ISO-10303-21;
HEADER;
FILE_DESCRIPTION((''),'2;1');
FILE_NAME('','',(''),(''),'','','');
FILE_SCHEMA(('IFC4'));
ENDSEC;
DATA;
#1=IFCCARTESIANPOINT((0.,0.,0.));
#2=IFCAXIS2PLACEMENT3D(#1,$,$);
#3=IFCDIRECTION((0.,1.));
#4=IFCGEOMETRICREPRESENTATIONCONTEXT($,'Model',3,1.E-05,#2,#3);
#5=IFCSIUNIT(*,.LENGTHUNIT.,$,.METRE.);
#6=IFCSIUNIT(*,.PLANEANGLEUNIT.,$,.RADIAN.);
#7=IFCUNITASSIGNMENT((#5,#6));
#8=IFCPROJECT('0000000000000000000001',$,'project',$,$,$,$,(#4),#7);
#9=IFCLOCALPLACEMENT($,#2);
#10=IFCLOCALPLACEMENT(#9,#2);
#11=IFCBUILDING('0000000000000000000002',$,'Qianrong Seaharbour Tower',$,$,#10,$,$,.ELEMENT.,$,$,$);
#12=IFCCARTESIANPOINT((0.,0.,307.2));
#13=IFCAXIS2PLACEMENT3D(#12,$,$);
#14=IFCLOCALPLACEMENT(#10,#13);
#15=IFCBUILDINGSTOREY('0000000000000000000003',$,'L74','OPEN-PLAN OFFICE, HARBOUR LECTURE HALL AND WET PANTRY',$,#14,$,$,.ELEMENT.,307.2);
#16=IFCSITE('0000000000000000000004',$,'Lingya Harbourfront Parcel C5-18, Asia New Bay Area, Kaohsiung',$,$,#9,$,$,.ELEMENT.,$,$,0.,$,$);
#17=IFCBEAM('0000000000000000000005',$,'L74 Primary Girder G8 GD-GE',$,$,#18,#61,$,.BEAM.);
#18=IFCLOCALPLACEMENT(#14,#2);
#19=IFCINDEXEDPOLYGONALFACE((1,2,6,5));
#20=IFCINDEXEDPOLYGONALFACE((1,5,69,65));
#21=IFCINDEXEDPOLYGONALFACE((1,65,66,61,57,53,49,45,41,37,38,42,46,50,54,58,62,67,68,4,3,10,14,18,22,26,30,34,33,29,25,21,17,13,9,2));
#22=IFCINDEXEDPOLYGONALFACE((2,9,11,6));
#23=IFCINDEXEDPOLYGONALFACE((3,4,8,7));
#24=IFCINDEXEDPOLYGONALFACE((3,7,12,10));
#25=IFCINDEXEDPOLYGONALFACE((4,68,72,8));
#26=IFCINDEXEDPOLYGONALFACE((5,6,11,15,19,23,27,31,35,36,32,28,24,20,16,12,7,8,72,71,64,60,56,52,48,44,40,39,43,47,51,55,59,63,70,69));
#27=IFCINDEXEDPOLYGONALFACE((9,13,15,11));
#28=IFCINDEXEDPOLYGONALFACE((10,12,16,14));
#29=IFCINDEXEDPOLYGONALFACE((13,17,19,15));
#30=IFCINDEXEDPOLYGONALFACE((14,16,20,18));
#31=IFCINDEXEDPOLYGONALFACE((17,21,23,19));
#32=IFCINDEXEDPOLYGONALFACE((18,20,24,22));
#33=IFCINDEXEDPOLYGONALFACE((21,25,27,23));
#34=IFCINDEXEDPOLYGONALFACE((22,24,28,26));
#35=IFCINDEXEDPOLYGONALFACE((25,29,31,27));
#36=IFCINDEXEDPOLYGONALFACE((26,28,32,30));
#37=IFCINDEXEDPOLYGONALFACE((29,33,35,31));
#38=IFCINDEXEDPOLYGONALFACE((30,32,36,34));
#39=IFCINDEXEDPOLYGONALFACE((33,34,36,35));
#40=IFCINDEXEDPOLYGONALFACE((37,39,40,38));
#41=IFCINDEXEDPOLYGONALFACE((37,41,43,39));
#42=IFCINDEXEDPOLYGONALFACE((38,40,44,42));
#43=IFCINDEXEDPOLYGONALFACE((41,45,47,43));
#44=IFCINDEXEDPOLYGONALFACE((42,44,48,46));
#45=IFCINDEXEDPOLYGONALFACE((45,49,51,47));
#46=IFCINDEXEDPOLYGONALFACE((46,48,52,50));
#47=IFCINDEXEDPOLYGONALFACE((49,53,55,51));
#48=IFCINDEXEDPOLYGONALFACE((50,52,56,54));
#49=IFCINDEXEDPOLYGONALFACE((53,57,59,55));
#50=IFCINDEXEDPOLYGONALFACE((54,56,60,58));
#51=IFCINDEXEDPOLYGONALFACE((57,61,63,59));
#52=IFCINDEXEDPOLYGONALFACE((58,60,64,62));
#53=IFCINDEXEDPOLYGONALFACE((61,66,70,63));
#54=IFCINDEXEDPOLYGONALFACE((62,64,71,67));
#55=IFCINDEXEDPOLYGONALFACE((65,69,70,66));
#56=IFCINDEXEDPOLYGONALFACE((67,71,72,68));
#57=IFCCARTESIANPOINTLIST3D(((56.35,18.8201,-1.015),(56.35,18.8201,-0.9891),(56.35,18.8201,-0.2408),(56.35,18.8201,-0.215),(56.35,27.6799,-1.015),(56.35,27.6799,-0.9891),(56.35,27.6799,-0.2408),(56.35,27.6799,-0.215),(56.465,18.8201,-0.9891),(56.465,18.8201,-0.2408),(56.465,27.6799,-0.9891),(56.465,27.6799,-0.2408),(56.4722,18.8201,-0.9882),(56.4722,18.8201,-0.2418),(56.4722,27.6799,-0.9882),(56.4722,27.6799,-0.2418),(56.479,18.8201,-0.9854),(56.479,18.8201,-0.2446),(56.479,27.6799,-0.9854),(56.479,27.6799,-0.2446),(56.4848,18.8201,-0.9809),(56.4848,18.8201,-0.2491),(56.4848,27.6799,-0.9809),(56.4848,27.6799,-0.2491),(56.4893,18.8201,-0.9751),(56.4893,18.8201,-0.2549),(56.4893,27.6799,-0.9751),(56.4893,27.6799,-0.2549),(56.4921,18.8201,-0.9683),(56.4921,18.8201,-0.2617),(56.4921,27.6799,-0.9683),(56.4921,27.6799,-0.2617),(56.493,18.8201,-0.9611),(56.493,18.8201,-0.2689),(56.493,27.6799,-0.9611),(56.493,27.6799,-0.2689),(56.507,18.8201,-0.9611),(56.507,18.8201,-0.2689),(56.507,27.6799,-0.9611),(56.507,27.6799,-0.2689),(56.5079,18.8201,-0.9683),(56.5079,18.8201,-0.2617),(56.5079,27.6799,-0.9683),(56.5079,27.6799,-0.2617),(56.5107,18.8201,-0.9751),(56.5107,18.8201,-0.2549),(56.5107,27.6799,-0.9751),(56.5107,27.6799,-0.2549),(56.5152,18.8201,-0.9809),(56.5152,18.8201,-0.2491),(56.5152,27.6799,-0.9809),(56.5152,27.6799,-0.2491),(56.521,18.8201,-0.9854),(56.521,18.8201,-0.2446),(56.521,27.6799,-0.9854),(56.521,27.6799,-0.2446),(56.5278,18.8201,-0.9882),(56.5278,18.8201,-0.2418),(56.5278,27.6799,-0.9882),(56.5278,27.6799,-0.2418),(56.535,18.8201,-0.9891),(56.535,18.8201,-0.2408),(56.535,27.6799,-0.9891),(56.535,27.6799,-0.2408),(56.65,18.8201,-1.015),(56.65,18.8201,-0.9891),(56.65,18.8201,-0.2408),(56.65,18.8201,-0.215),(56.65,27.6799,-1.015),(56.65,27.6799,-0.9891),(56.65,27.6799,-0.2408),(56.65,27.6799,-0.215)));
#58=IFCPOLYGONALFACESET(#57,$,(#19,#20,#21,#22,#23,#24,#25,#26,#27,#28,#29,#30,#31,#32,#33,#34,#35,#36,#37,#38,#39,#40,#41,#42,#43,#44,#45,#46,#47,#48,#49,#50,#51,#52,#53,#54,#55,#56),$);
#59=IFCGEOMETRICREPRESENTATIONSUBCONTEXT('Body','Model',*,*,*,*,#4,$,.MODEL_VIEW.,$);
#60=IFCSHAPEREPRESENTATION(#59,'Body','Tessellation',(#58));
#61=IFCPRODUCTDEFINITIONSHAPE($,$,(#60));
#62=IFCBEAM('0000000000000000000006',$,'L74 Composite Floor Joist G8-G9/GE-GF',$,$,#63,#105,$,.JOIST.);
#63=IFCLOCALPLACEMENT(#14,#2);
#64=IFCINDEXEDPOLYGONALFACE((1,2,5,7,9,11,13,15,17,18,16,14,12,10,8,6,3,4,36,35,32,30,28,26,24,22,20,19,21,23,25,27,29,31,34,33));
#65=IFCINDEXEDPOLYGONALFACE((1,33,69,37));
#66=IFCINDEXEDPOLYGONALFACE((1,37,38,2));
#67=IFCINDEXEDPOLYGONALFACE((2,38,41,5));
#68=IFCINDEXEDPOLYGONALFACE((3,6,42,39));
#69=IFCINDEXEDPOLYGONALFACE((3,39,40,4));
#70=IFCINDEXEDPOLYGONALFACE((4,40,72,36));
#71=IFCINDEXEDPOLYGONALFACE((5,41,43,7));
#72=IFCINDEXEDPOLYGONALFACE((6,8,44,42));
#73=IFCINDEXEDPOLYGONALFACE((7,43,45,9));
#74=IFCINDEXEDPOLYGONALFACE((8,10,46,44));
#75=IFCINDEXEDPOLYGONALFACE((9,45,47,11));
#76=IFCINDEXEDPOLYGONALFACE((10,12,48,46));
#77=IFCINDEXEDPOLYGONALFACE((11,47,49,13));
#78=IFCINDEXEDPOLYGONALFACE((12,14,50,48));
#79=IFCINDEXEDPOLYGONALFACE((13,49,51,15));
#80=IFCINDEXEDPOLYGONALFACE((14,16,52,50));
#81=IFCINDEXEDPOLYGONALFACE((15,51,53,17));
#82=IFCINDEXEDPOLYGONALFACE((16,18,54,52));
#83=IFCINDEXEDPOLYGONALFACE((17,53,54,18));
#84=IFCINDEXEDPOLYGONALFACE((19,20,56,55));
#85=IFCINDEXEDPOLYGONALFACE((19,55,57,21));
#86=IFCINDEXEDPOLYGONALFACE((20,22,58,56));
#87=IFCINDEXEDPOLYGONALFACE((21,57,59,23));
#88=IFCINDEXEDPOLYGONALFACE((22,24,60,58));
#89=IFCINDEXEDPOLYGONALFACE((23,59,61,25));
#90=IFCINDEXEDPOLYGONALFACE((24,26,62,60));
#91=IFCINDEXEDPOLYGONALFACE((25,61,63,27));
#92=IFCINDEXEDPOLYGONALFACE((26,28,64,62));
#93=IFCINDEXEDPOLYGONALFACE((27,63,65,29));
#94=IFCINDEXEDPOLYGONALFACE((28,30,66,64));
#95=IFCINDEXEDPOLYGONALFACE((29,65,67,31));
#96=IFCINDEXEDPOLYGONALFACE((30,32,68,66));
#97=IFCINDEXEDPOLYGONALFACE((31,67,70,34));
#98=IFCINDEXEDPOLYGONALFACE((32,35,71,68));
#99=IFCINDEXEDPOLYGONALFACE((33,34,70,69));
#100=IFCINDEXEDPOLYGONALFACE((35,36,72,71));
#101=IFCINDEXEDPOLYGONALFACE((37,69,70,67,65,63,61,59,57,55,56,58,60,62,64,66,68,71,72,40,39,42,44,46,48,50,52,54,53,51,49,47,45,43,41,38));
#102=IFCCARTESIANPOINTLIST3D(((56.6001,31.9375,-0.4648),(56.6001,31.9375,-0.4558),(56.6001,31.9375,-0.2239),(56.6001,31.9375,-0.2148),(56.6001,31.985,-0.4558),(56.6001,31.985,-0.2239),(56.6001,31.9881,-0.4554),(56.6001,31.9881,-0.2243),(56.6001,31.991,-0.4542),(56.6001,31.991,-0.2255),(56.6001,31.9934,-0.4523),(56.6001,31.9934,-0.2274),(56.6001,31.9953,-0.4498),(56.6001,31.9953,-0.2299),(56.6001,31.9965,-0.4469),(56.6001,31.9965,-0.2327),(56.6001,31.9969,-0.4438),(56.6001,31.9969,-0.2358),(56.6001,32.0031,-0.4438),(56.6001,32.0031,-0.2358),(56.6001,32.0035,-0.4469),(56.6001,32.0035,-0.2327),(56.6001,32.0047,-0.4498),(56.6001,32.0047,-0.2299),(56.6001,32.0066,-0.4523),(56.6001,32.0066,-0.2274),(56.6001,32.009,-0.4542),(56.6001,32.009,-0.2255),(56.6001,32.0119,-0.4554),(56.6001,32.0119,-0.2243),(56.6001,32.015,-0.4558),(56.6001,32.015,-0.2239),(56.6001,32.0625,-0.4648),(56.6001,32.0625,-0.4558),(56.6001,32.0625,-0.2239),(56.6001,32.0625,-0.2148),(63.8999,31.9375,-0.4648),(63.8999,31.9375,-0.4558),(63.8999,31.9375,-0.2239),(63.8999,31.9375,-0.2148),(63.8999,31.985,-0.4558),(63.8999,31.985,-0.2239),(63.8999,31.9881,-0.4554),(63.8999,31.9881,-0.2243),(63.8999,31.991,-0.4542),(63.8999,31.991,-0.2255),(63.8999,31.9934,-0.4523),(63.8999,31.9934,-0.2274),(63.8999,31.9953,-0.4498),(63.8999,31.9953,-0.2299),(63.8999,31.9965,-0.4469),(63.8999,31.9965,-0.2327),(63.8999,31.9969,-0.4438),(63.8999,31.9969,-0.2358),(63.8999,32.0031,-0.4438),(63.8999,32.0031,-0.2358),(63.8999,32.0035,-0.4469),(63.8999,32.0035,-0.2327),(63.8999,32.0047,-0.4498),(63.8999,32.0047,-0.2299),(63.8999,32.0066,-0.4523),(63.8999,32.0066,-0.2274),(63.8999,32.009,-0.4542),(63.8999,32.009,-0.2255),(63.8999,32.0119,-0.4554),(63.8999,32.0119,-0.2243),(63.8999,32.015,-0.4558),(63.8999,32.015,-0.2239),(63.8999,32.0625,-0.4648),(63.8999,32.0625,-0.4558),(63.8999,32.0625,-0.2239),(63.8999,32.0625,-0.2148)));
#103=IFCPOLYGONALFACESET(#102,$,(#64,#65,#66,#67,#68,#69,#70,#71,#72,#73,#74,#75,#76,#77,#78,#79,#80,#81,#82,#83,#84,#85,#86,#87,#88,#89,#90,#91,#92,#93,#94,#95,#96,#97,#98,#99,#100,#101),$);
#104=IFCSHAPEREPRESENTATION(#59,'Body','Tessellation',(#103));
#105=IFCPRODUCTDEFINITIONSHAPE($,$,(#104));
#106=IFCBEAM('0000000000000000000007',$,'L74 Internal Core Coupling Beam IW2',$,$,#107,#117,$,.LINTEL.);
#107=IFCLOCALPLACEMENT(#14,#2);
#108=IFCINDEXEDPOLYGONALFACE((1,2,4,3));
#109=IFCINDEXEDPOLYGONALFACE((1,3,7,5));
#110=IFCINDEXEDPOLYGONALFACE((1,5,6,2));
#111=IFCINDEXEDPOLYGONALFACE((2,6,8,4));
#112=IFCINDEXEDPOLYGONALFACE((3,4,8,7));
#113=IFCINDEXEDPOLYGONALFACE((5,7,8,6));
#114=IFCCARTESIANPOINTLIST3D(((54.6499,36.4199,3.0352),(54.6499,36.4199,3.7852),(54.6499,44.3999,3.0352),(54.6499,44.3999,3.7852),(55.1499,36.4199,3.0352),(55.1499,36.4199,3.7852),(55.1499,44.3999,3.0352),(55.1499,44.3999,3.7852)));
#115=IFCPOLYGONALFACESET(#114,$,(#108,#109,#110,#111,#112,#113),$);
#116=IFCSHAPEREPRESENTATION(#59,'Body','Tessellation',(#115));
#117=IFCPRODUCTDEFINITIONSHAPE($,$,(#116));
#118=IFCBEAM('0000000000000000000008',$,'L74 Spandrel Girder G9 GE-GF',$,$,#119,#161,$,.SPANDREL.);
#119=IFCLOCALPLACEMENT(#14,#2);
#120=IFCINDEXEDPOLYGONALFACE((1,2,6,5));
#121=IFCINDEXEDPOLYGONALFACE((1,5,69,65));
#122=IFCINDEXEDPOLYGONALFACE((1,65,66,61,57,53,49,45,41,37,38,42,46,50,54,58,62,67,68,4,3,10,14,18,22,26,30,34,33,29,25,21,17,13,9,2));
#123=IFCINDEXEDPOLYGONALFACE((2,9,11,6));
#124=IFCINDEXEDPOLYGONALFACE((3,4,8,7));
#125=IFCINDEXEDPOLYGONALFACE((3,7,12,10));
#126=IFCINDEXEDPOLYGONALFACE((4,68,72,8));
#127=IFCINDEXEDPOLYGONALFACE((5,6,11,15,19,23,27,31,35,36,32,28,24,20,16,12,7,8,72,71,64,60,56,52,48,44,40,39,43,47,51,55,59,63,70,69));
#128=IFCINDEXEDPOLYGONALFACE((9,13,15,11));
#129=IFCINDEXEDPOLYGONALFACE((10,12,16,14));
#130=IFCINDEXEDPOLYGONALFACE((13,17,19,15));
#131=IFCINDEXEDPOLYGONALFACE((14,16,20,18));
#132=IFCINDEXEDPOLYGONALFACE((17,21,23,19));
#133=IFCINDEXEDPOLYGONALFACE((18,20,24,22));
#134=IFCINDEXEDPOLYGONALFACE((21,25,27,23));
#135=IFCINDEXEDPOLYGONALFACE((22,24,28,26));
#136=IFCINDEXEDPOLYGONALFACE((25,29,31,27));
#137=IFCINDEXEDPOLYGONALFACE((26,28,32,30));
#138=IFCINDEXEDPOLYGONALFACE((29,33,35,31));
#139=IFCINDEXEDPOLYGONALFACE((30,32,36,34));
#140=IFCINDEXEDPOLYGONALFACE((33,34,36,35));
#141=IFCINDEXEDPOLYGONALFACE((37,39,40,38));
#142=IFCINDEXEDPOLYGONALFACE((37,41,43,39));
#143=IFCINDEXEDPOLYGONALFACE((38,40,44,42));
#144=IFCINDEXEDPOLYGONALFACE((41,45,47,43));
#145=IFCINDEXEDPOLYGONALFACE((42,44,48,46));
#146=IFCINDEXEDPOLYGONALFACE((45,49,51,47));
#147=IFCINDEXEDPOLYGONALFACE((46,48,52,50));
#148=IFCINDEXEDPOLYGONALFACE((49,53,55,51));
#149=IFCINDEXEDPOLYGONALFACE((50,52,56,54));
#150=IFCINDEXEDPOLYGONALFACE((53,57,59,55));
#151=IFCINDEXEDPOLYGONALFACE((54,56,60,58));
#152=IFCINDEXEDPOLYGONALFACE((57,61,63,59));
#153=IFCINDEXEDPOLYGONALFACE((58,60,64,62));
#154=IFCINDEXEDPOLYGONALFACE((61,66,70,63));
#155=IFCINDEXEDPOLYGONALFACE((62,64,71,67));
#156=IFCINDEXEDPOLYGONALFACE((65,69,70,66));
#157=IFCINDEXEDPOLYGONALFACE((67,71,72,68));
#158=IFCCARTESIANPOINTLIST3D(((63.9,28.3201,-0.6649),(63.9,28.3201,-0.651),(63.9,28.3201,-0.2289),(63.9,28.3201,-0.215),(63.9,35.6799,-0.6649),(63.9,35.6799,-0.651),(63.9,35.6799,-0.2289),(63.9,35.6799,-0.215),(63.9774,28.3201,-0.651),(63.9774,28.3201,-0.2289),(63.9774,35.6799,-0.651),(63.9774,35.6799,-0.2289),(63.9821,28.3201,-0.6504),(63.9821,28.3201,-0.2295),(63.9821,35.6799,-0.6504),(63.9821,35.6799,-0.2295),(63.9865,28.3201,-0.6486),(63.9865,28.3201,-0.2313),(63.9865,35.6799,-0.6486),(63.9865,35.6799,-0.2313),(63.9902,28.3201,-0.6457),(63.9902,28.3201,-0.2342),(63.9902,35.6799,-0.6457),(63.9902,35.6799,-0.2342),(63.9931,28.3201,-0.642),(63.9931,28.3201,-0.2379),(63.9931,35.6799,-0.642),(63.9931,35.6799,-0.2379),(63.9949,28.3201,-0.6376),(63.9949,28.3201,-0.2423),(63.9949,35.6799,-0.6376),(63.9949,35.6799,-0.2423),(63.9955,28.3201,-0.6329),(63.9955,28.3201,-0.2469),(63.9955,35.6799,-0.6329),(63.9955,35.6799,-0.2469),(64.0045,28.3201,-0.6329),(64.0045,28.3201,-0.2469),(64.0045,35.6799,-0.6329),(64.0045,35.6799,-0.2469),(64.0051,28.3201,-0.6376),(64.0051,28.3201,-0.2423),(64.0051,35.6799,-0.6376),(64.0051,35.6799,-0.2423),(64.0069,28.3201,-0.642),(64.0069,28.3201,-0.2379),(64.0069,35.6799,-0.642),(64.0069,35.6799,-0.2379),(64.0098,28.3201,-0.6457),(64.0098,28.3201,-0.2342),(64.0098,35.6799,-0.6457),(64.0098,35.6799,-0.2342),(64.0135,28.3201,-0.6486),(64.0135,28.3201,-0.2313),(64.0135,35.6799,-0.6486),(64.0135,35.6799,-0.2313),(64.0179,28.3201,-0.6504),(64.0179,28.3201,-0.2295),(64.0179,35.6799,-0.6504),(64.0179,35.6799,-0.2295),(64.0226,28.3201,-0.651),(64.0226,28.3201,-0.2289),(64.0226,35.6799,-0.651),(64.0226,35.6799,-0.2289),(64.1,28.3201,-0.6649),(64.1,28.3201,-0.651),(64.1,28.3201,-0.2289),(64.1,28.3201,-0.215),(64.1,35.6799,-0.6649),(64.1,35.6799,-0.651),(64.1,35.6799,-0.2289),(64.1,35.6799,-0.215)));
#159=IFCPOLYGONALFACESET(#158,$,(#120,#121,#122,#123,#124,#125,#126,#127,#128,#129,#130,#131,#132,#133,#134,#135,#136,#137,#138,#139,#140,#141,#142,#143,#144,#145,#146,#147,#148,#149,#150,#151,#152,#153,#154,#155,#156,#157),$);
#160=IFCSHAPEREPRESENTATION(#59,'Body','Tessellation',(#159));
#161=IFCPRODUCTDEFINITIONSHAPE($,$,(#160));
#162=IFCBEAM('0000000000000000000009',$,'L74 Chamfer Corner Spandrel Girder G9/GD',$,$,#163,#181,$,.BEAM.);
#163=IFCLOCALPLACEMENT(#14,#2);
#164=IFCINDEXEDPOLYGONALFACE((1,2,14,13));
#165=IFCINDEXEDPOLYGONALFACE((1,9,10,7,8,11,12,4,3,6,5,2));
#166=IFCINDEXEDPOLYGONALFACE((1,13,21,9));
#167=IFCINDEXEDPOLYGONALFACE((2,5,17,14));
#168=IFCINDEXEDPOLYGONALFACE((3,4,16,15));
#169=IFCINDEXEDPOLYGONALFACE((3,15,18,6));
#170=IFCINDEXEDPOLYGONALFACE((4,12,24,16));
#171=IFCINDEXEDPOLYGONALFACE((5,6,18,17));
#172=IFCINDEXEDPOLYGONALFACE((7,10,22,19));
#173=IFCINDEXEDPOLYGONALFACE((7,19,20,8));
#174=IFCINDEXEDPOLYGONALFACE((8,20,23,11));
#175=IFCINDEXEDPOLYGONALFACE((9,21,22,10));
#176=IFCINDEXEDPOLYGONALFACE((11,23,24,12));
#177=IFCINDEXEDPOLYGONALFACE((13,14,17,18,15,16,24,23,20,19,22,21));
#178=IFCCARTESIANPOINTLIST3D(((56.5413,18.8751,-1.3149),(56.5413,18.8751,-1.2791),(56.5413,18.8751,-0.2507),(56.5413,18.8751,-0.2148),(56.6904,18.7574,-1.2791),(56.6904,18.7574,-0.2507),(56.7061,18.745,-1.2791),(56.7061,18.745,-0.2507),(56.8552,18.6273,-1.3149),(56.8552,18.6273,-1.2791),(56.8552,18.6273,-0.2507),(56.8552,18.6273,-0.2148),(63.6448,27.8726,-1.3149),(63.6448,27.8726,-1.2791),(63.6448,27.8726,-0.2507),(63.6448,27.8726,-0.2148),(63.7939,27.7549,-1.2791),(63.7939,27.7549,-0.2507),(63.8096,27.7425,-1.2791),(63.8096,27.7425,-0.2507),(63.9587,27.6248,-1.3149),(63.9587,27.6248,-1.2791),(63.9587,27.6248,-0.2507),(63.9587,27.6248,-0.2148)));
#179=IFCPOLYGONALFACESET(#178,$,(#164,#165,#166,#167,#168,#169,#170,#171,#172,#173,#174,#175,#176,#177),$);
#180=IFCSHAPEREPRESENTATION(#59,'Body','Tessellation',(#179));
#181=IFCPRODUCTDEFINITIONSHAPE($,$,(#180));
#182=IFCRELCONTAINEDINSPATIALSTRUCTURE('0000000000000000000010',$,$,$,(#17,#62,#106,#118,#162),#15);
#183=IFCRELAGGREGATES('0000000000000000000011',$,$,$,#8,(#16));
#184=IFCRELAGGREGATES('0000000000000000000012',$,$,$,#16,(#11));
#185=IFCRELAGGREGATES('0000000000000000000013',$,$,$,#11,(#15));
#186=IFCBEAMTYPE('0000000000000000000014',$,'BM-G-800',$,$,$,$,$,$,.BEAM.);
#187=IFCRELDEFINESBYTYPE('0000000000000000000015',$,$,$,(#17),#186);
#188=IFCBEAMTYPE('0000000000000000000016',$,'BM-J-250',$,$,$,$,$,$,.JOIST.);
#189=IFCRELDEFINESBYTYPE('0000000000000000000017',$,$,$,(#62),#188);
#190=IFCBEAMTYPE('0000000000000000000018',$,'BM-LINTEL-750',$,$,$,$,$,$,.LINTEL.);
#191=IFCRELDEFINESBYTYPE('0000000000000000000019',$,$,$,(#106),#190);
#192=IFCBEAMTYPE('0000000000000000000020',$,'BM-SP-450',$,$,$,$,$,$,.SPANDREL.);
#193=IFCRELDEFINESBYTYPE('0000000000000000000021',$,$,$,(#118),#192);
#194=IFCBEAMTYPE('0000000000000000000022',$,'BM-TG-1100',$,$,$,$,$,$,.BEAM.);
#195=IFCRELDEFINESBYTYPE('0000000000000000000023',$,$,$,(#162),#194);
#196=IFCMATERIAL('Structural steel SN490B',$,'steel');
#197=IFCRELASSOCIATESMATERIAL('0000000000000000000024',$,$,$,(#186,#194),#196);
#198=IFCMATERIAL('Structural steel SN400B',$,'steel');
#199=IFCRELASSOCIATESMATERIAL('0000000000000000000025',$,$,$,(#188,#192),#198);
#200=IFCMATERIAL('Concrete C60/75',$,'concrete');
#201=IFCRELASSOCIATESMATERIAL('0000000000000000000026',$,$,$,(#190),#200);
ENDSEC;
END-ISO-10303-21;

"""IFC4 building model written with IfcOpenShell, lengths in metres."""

from ifc_helpers import new_model, si_unit, direction, frame, origin, origin_2d, place, context, subcontext, project, spatial, rectangle, i_section, extrude, material, material_profile, profile_set, type_object, element, save


model = new_model("IFC4")

# Units and contexts
model_context = context("Model", 3, precision=1e-05, world=origin(), true_north=direction((0.0, 1.0)))
body_context = subcontext(model_context, "Body", "Model", "MODEL_VIEW")
ifc_project = project(units=[si_unit("LENGTHUNIT", "METRE"), si_unit("PLANEANGLEUNIT", "RADIAN")], contexts=[model_context])

# Site, building, storey
site_placement = place(None, origin())
site = spatial("IfcSite", under=ifc_project, at=site_placement, Name="Lingya Harbourfront Parcel C5-18, Asia New Bay Area, Kaohsiung", CompositionType="ELEMENT", RefElevation=0.0)
building_placement = place(site_placement, origin())
building = spatial("IfcBuilding", under=site, at=building_placement, Name="Qianrong Seaharbour Tower", CompositionType="ELEMENT")
storey_placement = place(building_placement, frame((0.0, 0.0, 307.2)))
storey = spatial("IfcBuildingStorey", under=building, at=storey_placement, Name="L74", Description="OPEN-PLAN OFFICE, HARBOUR LECTURE HALL AND WET PANTRY", CompositionType="ELEMENT", Elevation=307.2)

# Shared definitions
ifc_material_1 = material(Name="Structural steel SN490B", Category="steel")
ifc_material_2 = material(Name="Structural steel SN400B", Category="steel")

# Beams
ifc_material_profile_1 = material_profile(ifc_material_1, i_section(OverallWidth=0.3, OverallDepth=0.8, WebThickness=0.0139, FlangeThickness=0.0259, FilletRadius=0.0281, at=origin_2d()), Name="H800x300x14x26")
ifc_profile_set_1 = profile_set([ifc_material_profile_1], Name="Structural steel SN490B")
beam_type_1 = type_object("IfcBeamType", Name="BM-G-800", PredefinedType="BEAM", material=ifc_profile_set_1)
beam_1_placement = place(storey_placement, frame((56.5, 18.8201, -0.615), z_axis=(0.0, 1.0, 0.0), x_axis=(-1.0, 0.0, 0.0)))
element("IfcBeam", 1, at=beam_1_placement, inside=storey, type_object=beam_type_1, Name="L74 Primary Girder G8 GD-GE", PredefinedType="BEAM", context=body_context, shape_type="SweptSolid", body=[
    extrude(i_section(OverallWidth=0.3, OverallDepth=0.8, WebThickness=0.0139, FlangeThickness=0.0259, FilletRadius=0.0281, at=origin_2d()), origin(), (0.0, 0.0, 1.0), 8.8599),
])
ifc_material_profile_2 = material_profile(ifc_material_2, i_section(OverallWidth=0.125, OverallDepth=0.25, WebThickness=0.0061, FlangeThickness=0.009, FilletRadius=0.012, at=origin_2d()), Name="H250x125x6x9")
ifc_profile_set_2 = profile_set([ifc_material_profile_2], Name="Structural steel SN400B")
beam_type_2 = type_object("IfcBeamType", Name="BM-J-250", PredefinedType="JOIST", material=ifc_profile_set_2)
beam_2_placement = place(storey_placement, frame((56.6001, 32.0, -0.3398), z_axis=(1.0, 0.0, 0.0), x_axis=(0.0, 1.0, 0.0)))
element("IfcBeam", 2, at=beam_2_placement, inside=storey, type_object=beam_type_2, Name="L74 Composite Floor Joist G8-G9/GE-GF", PredefinedType="JOIST", context=body_context, shape_type="SweptSolid", body=[
    extrude(i_section(OverallWidth=0.125, OverallDepth=0.25, WebThickness=0.0061, FlangeThickness=0.009, FilletRadius=0.012, at=origin_2d()), origin(), (0.0, 0.0, 1.0), 7.2998),
])
ifc_material_3 = material(Name="Concrete C60/75", Category="concrete")
ifc_material_profile_3 = material_profile(ifc_material_3, rectangle(XDim=0.5, YDim=0.75, at=origin_2d()), Name="RC500x750")
ifc_profile_set_3 = profile_set([ifc_material_profile_3], Name="Concrete C60/75")
beam_type_3 = type_object("IfcBeamType", Name="BM-LINTEL-750", PredefinedType="LINTEL", material=ifc_profile_set_3)
beam_3_placement = place(storey_placement, frame((54.8999, 36.4199, 3.4102), z_axis=(0.0, 1.0, 0.0), x_axis=(-1.0, 0.0, 0.0)))
element("IfcBeam", 3, at=beam_3_placement, inside=storey, type_object=beam_type_3, Name="L74 Internal Core Coupling Beam IW2", PredefinedType="LINTEL", context=body_context, shape_type="SweptSolid", body=[
    extrude(rectangle(XDim=0.5, YDim=0.75, at=origin_2d()), origin(), (0.0, 0.0, 1.0), 7.98),
])
ifc_material_profile_4 = material_profile(ifc_material_2, i_section(OverallWidth=0.2, OverallDepth=0.45, WebThickness=0.009, FlangeThickness=0.0139, FilletRadius=0.0181, at=origin_2d()), Name="H450x200x9x14")
ifc_profile_set_4 = profile_set([ifc_material_profile_4], Name="Structural steel SN400B")
beam_type_4 = type_object("IfcBeamType", Name="BM-SP-450", PredefinedType="SPANDREL", material=ifc_profile_set_4)
beam_4_placement = place(storey_placement, frame((64.0, 28.3201, -0.4399), z_axis=(0.0, 1.0, 0.0), x_axis=(-1.0, 0.0, 0.0)))
element("IfcBeam", 4, at=beam_4_placement, inside=storey, type_object=beam_type_4, Name="L74 Spandrel Girder G9 GE-GF", PredefinedType="SPANDREL", context=body_context, shape_type="SweptSolid", body=[
    extrude(i_section(OverallWidth=0.2, OverallDepth=0.45, WebThickness=0.009, FlangeThickness=0.0139, FilletRadius=0.0181, at=origin_2d()), origin(), (0.0, 0.0, 1.0), 7.3599),
])
ifc_material_profile_5 = material_profile(ifc_material_1, i_section(OverallWidth=0.3999, OverallDepth=1.1001, WebThickness=0.02, FlangeThickness=0.0359, at=origin_2d()), Name="BH1100x400x20x36")
ifc_profile_set_5 = profile_set([ifc_material_profile_5], Name="Structural steel SN490B")
beam_type_5 = type_object("IfcBeamType", Name="BM-TG-1100", PredefinedType="BEAM", material=ifc_profile_set_5)
beam_5_placement = place(storey_placement, frame((56.6982, 18.7512, -0.7649), z_axis=(0.619654, 0.784875, 0.0), x_axis=(-0.784875, 0.619654, 0.0)))
element("IfcBeam", 5, at=beam_5_placement, inside=storey, type_object=beam_type_5, Name="L74 Chamfer Corner Spandrel Girder G9/GD", PredefinedType="BEAM", context=body_context, shape_type="SweptSolid", body=[
    extrude(i_section(OverallWidth=0.3999, OverallDepth=1.1001, WebThickness=0.02, FlangeThickness=0.0359, at=origin_2d()), origin(), (0.0, 0.0, 1.0), 11.4636),
])

save(model, "model.ifc")
